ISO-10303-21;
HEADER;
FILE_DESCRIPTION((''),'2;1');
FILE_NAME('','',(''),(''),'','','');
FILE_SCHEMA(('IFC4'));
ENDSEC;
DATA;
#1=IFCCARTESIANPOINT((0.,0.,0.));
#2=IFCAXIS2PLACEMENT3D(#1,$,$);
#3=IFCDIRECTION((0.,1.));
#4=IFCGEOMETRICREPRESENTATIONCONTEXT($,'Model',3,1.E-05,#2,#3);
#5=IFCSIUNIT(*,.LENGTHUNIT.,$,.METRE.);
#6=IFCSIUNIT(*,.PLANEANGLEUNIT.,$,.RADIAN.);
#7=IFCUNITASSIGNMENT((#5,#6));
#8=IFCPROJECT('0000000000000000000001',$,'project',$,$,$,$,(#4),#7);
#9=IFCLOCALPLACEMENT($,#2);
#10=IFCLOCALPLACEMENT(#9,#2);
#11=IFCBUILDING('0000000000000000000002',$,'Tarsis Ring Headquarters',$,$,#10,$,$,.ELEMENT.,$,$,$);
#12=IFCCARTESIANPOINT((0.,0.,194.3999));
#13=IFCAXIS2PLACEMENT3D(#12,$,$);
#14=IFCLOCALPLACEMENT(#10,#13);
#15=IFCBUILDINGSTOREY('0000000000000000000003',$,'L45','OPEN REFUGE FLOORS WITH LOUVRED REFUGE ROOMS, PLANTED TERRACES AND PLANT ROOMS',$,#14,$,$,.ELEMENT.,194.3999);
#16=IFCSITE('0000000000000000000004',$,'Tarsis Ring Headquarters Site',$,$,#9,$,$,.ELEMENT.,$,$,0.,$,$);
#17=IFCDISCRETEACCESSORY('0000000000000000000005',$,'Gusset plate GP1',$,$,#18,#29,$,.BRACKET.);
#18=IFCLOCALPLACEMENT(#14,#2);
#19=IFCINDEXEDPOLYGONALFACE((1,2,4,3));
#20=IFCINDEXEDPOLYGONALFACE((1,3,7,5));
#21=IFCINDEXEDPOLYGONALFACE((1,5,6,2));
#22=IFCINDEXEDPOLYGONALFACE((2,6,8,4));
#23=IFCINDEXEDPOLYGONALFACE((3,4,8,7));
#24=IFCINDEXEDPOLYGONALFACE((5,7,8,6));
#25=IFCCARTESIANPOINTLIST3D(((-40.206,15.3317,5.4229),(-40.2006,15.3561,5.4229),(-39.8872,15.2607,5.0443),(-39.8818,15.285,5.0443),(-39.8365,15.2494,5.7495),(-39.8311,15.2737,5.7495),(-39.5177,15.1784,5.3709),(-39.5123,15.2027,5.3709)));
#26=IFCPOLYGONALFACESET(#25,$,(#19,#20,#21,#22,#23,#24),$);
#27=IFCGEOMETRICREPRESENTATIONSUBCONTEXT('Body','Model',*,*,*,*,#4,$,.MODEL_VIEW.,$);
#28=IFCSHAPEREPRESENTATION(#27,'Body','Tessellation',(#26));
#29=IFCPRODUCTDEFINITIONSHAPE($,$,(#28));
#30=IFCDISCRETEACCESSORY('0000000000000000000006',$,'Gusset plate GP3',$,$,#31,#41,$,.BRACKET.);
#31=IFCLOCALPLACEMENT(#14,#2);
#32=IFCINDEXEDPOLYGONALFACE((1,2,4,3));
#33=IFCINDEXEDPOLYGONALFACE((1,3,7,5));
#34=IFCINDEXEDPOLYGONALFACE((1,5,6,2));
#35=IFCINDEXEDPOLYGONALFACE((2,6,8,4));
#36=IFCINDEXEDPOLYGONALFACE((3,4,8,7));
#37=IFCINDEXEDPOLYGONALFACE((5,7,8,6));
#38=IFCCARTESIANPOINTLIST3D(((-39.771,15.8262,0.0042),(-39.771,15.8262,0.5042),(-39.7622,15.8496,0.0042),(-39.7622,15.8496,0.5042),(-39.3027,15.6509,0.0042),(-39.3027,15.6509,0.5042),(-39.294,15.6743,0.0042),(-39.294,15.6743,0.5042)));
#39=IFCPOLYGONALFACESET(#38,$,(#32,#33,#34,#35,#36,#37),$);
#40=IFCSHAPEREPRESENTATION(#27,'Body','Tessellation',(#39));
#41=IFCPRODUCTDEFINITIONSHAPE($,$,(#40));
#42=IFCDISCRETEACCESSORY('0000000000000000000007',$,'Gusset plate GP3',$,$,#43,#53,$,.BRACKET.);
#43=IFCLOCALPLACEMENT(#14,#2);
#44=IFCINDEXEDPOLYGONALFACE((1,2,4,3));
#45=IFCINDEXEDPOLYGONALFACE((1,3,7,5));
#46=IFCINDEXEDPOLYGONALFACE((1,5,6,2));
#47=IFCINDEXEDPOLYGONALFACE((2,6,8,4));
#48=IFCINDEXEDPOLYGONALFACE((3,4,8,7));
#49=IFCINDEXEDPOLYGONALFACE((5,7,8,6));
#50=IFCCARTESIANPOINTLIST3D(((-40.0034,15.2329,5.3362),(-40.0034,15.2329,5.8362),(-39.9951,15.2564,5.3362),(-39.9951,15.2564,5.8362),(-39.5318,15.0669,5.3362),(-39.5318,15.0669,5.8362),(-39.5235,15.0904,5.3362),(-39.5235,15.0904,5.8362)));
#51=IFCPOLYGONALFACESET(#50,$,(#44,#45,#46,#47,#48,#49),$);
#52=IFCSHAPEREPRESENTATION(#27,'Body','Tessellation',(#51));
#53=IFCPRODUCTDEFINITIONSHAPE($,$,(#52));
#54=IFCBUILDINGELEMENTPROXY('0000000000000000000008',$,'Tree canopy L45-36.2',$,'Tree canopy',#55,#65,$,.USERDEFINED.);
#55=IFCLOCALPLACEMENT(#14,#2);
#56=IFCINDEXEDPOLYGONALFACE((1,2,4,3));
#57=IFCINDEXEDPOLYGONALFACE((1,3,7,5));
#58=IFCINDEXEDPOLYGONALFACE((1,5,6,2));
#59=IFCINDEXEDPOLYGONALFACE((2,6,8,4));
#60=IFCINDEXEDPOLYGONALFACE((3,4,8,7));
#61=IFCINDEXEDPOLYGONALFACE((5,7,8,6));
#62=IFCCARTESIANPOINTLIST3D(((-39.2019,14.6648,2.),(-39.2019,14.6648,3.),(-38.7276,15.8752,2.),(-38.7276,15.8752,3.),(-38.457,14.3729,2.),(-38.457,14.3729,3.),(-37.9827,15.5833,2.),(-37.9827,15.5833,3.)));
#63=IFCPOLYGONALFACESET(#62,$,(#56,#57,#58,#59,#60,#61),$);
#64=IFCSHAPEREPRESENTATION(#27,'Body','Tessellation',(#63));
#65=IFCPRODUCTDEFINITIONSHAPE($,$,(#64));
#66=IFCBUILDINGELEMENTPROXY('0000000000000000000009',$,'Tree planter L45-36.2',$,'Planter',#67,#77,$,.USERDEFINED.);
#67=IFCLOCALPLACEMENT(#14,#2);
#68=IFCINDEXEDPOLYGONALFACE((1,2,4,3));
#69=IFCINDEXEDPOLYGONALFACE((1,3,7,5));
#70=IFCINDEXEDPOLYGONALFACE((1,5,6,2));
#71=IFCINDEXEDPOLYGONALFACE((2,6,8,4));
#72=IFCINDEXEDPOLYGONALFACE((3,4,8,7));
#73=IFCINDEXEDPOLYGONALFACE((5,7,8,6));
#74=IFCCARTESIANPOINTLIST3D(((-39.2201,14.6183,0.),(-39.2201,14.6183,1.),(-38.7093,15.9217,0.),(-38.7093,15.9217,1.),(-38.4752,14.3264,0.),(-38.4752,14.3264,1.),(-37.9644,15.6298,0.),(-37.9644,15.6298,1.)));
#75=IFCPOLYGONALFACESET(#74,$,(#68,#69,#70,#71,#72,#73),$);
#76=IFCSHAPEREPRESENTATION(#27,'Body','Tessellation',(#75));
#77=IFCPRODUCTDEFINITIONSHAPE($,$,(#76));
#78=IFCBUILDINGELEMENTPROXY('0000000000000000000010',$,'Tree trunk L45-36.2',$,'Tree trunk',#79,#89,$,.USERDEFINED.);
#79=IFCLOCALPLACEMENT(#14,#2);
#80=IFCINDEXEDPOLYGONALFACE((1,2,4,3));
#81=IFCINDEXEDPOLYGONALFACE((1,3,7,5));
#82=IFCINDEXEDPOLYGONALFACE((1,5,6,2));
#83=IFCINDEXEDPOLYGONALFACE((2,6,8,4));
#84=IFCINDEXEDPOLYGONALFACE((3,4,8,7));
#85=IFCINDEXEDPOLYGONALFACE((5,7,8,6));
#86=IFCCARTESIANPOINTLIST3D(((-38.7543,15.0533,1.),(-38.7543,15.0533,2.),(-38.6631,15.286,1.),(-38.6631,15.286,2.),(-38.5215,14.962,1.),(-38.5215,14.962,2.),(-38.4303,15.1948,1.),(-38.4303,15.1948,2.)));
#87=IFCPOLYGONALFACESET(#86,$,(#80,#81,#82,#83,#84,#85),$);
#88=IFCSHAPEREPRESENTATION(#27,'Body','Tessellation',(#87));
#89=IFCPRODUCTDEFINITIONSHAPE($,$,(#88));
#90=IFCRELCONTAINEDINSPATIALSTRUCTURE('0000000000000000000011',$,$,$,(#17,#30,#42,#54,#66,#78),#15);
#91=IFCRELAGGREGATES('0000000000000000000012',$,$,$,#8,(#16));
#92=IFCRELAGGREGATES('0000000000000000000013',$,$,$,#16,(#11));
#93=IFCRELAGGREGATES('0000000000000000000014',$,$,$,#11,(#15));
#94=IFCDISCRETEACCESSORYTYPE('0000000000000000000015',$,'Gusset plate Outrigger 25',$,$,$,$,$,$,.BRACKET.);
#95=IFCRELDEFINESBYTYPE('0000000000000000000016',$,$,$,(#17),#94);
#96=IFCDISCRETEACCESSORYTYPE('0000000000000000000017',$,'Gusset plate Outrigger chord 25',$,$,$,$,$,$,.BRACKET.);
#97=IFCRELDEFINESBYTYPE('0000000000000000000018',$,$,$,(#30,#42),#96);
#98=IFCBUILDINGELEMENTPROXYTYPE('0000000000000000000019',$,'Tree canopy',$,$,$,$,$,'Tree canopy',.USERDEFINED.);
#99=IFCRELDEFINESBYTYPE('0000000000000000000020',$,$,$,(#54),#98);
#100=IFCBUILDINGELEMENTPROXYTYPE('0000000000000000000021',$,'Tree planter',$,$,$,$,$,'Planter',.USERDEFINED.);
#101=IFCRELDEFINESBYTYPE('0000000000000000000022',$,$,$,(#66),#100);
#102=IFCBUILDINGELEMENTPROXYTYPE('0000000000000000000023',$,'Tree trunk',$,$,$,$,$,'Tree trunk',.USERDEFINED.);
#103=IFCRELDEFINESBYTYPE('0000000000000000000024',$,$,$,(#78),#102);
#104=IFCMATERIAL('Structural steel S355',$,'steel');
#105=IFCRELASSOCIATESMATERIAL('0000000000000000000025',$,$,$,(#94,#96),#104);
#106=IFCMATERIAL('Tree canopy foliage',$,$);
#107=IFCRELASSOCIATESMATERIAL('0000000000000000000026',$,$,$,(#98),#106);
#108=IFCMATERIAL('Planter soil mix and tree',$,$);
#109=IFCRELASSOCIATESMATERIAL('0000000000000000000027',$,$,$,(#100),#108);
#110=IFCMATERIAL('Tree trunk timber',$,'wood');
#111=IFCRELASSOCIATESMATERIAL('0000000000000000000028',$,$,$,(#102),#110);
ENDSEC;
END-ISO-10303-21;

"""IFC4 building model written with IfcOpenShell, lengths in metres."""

from ifc_helpers import new_model, si_unit, direction, frame, origin, origin_2d, place, context, subcontext, project, spatial, rectangle, extrude, material, material_profile, profile_set, type_object, element, save


model = new_model("IFC4")

# Units and contexts
model_context = context("Model", 3, precision=1e-05, world=origin(), true_north=direction((0.0, 1.0)))
body_context = subcontext(model_context, "Body", "Model", "MODEL_VIEW")
ifc_project = project(units=[si_unit("LENGTHUNIT", "METRE"), si_unit("PLANEANGLEUNIT", "RADIAN")], contexts=[model_context])

# Site, building, storey
site_placement = place(None, origin())
site = spatial("IfcSite", under=ifc_project, at=site_placement, Name="Tarsis Ring Headquarters Site", CompositionType="ELEMENT", RefElevation=0.0)
building_placement = place(site_placement, origin())
building = spatial("IfcBuilding", under=site, at=building_placement, Name="Tarsis Ring Headquarters", CompositionType="ELEMENT")
storey_placement = place(building_placement, frame((0.0, 0.0, 194.3999)))
storey = spatial("IfcBuildingStorey", under=building, at=storey_placement, Name="L45", Description="OPEN REFUGE FLOORS WITH LOUVRED REFUGE ROOMS, PLANTED TERRACES AND PLANT ROOMS", CompositionType="ELEMENT", Elevation=194.3999)

# Shared definitions
ifc_material_1 = material(Name="Structural steel S355", Category="steel")

# Discrete accessories
ifc_material_profile_1 = material_profile(ifc_material_1, rectangle(XDim=0.0249, YDim=0.5, at=origin_2d()), Name="PL 25x500")
ifc_profile_set_1 = profile_set([ifc_material_profile_1], Name="Structural steel S355")
discrete_accessory_type_1 = type_object("IfcDiscreteAccessoryType", Name="Gusset plate Outrigger 25", PredefinedType="BRACKET", material=ifc_profile_set_1)
discrete_accessory_1_placement = place(storey_placement, frame((-40.0186, 15.3027, 5.5862), z_axis=(0.637573, -0.142063, -0.757179), x_axis=(0.217484, 0.976064, 0.0)))
element("IfcDiscreteAccessory", 1, at=discrete_accessory_1_placement, inside=storey, type_object=discrete_accessory_type_1, Name="Gusset plate GP1", PredefinedType="BRACKET", context=body_context, shape_type="SweptSolid", body=[
    extrude(rectangle(XDim=0.0249, YDim=0.5, at=origin_2d()), origin(), (0.0, 0.0, 1.0), 0.5),
])
discrete_accessory_type_2 = type_object("IfcDiscreteAccessoryType", Name="Gusset plate Outrigger chord 25", PredefinedType="BRACKET", material=ifc_profile_set_1)
for number, where, z_axis, x_axis, name in (
    (2, (-39.7666, 15.8379, 0.2542), (0.93653, -0.350588, 0.0), (0.350588, 0.93653, 0.0), "Gusset plate GP3"),
    (3, (-39.9993, 15.2446, 5.5862), (0.943278, -0.332003, 0.0), (0.332003, 0.943278, 0.0), "Gusset plate GP3"),
):
    element("IfcDiscreteAccessory", number, at=place(storey_placement, frame(where, z_axis=z_axis, x_axis=x_axis)), inside=storey, type_object=discrete_accessory_type_2, Name=name, PredefinedType="BRACKET", context=body_context, shape_type="SweptSolid", body=[
        extrude(rectangle(XDim=0.0249, YDim=0.5, at=origin_2d()), origin(), (0.0, 0.0, 1.0), 0.5),
    ])

# Building element proxies
ifc_material_2 = material(Name="Tree canopy foliage")
building_element_proxy_type_1 = type_object("IfcBuildingElementProxyType", Name="Tree canopy", ElementType="Tree canopy", PredefinedType="USERDEFINED", material=ifc_material_2)
proxy_1_placement = place(storey_placement, frame((-38.5923, 15.124, 2.0), z_axis=(0.0, 0.0, 1.0), x_axis=(-0.364877, -0.931056, 0.0)))
element("IfcBuildingElementProxy", 4, at=proxy_1_placement, inside=storey, type_object=building_element_proxy_type_1, Name="Tree canopy L45-36.2", ObjectType="Tree canopy", PredefinedType="USERDEFINED", context=body_context, shape_type="SweptSolid", body=[
    extrude(rectangle(XDim=1.3, YDim=0.8, at=origin_2d()), origin(), (0.0, 0.0, 1.0), 1.0),
])
ifc_material_3 = material(Name="Planter soil mix and tree")
building_element_proxy_type_2 = type_object("IfcBuildingElementProxyType", Name="Tree planter", ElementType="Planter", PredefinedType="USERDEFINED", material=ifc_material_3)
proxy_2_placement = place(storey_placement, frame((-38.5923, 15.124, 0.0), z_axis=(0.0, 0.0, 1.0), x_axis=(-0.364877, -0.931056, 0.0)))
element("IfcBuildingElementProxy", 5, at=proxy_2_placement, inside=storey, type_object=building_element_proxy_type_2, Name="Tree planter L45-36.2", ObjectType="Planter", PredefinedType="USERDEFINED", context=body_context, shape_type="SweptSolid", body=[
    extrude(rectangle(XDim=1.3999, YDim=0.8, at=origin_2d()), origin(), (0.0, 0.0, 1.0), 1.0),
])
ifc_material_4 = material(Name="Tree trunk timber", Category="wood")
building_element_proxy_type_3 = type_object("IfcBuildingElementProxyType", Name="Tree trunk", ElementType="Tree trunk", PredefinedType="USERDEFINED", material=ifc_material_4)
proxy_3_placement = place(storey_placement, frame((-38.5923, 15.124, 1.0), z_axis=(0.0, 0.0, 1.0), x_axis=(-0.364877, -0.931056, 0.0)))
element("IfcBuildingElementProxy", 6, at=proxy_3_placement, inside=storey, type_object=building_element_proxy_type_3, Name="Tree trunk L45-36.2", ObjectType="Tree trunk", PredefinedType="USERDEFINED", context=body_context, shape_type="SweptSolid", body=[
    extrude(rectangle(XDim=0.25, YDim=0.25, at=origin_2d()), origin(), (0.0, 0.0, 1.0), 1.0),
])

save(model, "model.ifc")
